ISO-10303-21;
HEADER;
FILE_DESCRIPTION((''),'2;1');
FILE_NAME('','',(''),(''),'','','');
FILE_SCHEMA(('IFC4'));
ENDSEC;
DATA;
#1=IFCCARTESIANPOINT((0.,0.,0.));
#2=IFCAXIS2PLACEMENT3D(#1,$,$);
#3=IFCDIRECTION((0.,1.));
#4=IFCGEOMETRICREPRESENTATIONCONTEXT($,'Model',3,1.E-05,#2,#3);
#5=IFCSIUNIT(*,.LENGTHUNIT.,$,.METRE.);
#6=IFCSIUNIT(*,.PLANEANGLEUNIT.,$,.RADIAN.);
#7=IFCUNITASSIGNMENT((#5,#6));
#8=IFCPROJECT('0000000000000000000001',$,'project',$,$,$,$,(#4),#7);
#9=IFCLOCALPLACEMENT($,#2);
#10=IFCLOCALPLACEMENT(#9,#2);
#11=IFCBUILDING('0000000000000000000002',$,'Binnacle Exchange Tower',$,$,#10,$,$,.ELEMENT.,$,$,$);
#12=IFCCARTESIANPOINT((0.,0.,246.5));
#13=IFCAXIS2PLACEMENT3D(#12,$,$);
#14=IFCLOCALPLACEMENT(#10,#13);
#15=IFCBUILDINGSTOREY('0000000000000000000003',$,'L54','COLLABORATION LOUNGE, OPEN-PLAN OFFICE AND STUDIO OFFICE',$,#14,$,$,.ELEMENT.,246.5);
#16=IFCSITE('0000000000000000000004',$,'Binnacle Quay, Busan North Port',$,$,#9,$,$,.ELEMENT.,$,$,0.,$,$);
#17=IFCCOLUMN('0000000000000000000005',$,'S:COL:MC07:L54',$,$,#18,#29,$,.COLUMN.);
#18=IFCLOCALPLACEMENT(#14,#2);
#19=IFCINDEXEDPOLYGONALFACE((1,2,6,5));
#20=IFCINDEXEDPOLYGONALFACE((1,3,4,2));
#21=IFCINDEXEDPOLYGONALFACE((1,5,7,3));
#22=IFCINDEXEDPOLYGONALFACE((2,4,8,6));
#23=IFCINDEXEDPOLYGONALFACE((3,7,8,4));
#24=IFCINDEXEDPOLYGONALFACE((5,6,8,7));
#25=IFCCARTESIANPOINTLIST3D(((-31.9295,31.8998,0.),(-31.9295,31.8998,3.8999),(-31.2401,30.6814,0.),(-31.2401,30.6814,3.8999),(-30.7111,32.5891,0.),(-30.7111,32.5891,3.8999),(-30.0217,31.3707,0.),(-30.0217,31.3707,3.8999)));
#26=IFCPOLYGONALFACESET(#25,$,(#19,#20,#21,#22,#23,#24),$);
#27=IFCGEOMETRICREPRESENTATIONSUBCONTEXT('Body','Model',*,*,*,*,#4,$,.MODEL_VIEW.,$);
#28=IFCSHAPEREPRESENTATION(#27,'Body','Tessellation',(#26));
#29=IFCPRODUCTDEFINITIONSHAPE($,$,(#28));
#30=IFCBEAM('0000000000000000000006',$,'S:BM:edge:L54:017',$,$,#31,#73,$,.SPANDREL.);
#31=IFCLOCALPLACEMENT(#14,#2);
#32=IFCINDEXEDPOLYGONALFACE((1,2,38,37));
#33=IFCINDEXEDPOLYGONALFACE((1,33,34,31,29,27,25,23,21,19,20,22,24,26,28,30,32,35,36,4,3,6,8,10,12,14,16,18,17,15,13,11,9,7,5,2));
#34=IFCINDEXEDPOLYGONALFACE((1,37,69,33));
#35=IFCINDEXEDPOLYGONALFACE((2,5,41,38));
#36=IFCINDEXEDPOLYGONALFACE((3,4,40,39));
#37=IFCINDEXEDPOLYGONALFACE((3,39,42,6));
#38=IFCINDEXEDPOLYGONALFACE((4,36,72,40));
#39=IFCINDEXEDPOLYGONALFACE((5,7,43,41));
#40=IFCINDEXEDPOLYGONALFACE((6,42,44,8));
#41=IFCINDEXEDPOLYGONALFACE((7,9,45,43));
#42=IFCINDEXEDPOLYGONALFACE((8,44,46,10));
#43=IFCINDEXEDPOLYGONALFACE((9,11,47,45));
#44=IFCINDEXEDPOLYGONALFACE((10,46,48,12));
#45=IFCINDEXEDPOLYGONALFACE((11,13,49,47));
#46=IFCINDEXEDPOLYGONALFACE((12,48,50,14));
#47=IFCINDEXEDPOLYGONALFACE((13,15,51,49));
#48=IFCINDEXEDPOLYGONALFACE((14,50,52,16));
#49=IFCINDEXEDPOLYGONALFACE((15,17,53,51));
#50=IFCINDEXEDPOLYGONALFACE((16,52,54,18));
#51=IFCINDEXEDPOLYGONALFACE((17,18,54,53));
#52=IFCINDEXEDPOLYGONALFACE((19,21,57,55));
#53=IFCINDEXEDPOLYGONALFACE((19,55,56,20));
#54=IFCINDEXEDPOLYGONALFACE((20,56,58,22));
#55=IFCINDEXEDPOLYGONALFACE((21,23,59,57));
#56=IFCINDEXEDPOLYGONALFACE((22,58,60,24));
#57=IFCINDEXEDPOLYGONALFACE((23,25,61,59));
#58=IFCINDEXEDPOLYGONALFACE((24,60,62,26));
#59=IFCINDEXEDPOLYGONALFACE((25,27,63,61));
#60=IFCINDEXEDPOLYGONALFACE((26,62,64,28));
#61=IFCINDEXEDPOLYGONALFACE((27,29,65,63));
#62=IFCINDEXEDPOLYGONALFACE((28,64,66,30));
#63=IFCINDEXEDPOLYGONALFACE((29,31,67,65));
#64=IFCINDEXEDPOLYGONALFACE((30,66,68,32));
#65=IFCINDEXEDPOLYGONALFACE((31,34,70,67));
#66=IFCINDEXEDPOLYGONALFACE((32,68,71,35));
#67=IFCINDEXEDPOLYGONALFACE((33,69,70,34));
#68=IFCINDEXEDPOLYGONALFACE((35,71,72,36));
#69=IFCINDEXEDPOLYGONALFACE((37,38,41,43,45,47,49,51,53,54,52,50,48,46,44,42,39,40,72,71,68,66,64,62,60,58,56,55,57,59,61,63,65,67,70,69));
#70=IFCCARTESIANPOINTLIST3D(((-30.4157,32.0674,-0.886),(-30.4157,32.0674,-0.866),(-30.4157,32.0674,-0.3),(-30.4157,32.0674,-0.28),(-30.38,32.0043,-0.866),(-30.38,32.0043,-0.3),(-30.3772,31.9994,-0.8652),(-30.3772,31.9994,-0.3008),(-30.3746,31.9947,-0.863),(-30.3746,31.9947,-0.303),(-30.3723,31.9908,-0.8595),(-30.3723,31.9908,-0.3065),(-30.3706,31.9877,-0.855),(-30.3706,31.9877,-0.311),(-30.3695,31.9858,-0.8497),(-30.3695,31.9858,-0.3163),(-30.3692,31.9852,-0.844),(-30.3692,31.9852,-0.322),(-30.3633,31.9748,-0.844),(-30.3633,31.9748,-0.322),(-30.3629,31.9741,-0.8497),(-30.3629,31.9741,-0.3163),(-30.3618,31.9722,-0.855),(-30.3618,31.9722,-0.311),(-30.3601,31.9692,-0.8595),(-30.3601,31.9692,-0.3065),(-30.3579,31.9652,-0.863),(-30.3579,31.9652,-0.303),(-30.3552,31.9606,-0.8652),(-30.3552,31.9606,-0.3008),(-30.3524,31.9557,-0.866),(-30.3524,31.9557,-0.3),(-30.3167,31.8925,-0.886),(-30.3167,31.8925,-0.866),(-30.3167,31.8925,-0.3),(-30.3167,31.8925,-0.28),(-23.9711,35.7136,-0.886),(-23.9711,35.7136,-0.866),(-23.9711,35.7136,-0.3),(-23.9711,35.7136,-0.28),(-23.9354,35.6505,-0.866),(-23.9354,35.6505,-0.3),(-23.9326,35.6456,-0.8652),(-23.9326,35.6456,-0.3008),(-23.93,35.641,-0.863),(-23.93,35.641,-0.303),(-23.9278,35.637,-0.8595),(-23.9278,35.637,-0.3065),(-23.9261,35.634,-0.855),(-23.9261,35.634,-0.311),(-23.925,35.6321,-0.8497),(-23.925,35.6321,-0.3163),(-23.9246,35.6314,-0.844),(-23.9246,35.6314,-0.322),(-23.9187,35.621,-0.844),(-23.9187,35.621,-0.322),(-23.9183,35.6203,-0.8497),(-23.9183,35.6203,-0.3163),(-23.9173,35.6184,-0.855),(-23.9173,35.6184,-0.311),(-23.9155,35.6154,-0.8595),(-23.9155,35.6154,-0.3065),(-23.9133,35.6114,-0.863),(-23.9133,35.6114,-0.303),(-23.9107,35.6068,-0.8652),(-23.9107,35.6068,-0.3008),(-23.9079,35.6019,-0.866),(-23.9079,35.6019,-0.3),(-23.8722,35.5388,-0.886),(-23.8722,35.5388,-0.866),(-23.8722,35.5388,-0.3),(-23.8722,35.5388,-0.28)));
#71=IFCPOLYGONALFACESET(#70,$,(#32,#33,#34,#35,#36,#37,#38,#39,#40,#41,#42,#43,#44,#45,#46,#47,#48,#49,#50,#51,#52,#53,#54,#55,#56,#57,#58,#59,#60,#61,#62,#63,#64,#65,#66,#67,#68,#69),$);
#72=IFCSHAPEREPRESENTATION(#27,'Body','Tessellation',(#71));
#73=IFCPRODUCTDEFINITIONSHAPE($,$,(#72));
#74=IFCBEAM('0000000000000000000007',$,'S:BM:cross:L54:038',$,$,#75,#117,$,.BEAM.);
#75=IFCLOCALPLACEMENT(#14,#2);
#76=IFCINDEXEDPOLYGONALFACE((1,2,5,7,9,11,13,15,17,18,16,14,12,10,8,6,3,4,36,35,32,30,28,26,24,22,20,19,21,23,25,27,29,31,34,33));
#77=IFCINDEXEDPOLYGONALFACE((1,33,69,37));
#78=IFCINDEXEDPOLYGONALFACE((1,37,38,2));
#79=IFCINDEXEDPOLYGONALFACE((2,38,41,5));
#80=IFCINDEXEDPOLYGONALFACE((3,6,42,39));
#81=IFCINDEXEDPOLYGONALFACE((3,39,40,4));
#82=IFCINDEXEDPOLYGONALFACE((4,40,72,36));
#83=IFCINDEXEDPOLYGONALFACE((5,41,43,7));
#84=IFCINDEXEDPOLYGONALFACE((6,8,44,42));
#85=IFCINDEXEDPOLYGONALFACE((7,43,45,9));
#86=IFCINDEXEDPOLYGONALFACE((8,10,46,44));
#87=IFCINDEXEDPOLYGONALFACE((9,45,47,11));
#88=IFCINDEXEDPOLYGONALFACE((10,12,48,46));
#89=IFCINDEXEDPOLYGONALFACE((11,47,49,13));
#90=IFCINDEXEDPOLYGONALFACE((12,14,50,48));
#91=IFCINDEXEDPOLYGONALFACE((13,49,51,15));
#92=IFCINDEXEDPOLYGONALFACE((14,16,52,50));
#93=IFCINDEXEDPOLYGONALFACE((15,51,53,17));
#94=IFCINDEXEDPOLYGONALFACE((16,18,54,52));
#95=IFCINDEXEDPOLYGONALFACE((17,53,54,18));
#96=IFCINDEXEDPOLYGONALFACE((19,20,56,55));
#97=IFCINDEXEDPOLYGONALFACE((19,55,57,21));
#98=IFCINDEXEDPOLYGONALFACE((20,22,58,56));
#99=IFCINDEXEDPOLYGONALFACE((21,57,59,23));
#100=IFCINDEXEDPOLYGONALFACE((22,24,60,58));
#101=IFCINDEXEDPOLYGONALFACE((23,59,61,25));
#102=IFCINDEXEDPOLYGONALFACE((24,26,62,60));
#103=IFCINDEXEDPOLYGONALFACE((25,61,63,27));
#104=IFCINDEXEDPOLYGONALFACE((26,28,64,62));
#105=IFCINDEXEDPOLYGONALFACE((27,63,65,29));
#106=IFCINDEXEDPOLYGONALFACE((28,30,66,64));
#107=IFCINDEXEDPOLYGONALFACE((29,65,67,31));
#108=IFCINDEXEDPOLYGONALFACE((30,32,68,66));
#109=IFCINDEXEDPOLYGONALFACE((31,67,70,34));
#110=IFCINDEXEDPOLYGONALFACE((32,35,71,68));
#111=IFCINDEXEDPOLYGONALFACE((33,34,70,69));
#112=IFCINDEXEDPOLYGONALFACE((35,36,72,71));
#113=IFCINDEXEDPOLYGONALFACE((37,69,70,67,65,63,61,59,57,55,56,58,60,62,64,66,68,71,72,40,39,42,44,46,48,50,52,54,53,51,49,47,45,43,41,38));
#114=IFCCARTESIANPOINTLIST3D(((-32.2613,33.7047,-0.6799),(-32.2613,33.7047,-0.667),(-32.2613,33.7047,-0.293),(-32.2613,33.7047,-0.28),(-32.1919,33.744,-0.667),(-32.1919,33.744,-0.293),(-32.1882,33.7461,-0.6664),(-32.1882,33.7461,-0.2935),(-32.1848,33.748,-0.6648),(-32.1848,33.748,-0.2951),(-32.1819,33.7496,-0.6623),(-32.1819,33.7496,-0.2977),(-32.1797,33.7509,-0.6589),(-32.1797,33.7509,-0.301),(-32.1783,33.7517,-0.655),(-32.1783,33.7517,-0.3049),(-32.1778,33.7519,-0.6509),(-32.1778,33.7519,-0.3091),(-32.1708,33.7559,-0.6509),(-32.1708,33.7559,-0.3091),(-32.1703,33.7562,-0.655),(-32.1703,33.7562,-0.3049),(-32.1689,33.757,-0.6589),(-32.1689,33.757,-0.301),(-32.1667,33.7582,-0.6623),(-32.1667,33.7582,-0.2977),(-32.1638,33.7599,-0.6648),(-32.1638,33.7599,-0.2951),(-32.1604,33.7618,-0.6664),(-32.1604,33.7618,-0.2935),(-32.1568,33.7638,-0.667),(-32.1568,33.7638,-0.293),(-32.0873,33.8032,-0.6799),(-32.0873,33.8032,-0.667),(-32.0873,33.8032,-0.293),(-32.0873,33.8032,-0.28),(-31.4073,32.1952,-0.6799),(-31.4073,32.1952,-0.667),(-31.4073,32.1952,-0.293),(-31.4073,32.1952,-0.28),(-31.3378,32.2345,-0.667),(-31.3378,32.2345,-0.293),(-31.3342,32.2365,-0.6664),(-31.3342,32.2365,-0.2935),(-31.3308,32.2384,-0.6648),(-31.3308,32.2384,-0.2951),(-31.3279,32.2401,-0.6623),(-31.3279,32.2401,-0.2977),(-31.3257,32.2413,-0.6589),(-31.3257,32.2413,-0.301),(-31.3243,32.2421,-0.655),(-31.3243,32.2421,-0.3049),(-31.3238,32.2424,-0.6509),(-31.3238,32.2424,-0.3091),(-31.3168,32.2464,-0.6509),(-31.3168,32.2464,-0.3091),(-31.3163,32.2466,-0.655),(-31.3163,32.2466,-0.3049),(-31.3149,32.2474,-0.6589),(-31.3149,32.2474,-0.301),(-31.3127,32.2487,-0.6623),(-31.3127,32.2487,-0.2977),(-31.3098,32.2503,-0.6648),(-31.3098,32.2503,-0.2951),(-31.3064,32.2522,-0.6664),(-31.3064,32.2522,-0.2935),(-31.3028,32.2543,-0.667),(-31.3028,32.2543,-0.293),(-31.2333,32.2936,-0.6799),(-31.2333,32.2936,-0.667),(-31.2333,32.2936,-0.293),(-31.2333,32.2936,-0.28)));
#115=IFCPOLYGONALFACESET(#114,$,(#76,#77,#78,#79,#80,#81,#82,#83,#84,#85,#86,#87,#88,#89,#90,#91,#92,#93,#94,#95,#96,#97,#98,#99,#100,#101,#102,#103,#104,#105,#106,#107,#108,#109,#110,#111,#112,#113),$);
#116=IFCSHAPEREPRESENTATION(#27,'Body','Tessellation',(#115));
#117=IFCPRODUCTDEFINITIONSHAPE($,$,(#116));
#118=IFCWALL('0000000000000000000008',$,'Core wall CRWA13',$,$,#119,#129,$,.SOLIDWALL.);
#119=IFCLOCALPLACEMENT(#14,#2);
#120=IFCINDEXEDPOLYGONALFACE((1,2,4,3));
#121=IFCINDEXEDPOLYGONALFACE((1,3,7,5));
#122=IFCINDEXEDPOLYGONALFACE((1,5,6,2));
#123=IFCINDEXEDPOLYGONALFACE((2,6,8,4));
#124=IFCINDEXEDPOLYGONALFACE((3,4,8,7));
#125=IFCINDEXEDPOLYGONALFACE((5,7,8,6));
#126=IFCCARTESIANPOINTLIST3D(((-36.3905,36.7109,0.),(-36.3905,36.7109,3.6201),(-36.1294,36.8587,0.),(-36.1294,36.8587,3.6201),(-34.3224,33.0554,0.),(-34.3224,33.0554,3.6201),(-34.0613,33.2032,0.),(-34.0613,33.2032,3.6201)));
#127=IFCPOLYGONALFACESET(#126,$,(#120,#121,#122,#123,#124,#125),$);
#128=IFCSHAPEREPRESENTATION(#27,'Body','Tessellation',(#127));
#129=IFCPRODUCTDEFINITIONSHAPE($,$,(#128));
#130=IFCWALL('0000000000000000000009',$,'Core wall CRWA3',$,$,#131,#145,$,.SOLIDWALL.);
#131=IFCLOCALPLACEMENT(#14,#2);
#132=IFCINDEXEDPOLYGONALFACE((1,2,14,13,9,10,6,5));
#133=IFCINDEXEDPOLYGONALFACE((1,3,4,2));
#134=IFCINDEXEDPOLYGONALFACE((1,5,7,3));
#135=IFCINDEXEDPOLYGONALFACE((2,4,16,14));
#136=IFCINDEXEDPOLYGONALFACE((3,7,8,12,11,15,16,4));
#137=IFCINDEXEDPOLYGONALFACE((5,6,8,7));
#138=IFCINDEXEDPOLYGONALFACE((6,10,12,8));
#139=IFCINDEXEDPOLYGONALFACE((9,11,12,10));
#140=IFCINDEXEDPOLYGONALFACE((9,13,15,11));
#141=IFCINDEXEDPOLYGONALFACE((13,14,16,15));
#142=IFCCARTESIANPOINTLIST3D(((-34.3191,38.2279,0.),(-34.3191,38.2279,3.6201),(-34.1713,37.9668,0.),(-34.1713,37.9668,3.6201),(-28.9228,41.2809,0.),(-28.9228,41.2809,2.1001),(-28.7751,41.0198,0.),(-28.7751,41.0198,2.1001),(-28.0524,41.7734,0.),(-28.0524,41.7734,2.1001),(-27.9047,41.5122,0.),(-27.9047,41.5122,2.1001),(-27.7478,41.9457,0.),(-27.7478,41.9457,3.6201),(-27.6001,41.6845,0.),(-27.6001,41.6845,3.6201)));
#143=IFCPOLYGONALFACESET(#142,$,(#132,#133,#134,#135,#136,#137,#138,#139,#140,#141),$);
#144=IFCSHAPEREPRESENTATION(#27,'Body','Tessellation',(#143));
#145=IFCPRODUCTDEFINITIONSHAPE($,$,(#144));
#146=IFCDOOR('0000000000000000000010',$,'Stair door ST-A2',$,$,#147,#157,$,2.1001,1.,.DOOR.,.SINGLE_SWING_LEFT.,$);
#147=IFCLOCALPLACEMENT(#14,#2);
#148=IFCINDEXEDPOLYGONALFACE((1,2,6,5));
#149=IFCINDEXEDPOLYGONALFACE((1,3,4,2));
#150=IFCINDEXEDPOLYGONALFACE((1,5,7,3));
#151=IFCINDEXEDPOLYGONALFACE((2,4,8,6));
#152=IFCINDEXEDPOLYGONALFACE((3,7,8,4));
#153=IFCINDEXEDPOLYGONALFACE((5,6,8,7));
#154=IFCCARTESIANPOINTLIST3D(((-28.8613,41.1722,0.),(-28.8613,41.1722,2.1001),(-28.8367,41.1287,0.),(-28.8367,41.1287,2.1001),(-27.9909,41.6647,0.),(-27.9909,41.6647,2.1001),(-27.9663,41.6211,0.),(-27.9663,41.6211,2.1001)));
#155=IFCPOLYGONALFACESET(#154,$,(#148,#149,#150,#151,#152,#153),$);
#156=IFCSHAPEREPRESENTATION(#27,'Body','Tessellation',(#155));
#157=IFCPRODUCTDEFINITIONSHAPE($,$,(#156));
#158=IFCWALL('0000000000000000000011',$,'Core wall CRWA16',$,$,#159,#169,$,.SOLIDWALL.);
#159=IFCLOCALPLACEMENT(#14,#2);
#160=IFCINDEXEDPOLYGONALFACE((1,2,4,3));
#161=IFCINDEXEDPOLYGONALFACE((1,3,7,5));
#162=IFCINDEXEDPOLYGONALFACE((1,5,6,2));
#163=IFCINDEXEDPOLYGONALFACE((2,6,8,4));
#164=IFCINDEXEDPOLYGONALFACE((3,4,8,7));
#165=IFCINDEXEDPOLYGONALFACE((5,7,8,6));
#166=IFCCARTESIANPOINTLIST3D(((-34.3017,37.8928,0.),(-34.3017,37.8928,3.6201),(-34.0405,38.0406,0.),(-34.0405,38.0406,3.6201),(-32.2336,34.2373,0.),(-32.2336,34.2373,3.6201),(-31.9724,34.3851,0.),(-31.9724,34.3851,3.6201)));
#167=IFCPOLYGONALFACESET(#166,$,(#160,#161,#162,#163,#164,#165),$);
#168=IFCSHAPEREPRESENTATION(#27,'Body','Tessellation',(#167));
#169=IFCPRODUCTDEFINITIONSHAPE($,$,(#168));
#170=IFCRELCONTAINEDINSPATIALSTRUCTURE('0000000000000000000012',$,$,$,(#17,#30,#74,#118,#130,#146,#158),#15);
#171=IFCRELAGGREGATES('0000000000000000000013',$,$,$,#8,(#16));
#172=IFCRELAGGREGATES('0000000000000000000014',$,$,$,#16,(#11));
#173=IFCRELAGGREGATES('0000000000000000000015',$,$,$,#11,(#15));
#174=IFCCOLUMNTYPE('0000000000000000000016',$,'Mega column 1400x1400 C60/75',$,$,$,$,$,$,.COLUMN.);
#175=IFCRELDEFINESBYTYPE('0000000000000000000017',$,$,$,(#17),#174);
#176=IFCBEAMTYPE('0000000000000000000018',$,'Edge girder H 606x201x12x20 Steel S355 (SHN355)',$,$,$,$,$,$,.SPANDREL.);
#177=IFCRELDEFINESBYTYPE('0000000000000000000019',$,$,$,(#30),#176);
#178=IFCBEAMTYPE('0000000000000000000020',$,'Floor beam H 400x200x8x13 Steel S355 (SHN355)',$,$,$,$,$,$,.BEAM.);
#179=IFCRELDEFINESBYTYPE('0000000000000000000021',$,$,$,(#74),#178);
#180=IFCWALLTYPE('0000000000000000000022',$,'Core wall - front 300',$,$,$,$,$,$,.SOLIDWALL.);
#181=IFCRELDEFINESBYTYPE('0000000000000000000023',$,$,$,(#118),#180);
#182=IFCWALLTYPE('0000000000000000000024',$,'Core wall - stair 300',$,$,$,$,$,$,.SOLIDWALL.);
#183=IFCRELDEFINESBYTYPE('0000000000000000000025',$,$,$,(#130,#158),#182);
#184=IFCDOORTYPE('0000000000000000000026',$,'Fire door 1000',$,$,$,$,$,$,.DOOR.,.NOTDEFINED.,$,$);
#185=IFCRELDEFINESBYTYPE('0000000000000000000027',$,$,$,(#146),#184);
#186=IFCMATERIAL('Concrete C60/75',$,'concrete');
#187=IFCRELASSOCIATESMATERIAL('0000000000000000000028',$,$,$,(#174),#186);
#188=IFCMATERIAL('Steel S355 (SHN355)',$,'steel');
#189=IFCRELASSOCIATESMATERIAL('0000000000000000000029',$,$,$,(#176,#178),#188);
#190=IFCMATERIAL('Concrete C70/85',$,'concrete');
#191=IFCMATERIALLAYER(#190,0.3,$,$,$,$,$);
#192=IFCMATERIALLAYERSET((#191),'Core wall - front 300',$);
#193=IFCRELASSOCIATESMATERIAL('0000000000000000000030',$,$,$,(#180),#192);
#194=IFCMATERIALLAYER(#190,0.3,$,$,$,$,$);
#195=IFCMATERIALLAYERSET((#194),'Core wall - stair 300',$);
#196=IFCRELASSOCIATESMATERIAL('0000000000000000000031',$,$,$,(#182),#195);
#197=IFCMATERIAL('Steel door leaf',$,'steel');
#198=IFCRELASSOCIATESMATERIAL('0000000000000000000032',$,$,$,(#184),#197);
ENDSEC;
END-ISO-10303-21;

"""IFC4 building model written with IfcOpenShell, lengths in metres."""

from ifc_helpers import new_model, si_unit, direction, frame, frame_2d, origin, origin_2d, place, context, subcontext, project, spatial, rectangle, i_section, extrude, material, layer, layer_set, material_profile, profile_set, type_object, element, fill, save


model = new_model("IFC4")

# Units and contexts
model_context = context("Model", 3, precision=1e-05, world=origin(), true_north=direction((0.0, 1.0)))
body_context = subcontext(model_context, "Body", "Model", "MODEL_VIEW")
ifc_project = project(units=[si_unit("LENGTHUNIT", "METRE"), si_unit("PLANEANGLEUNIT", "RADIAN")], contexts=[model_context])

# Site, building, storey
site_placement = place(None, origin())
site = spatial("IfcSite", under=ifc_project, at=site_placement, Name="Binnacle Quay, Busan North Port", CompositionType="ELEMENT", RefElevation=0.0)
building_placement = place(site_placement, origin())
building = spatial("IfcBuilding", under=site, at=building_placement, Name="Binnacle Exchange Tower", CompositionType="ELEMENT")
storey_placement = place(building_placement, frame((0.0, 0.0, 246.5)))
storey = spatial("IfcBuildingStorey", under=building, at=storey_placement, Name="L54", Description="COLLABORATION LOUNGE, OPEN-PLAN OFFICE AND STUDIO OFFICE", CompositionType="ELEMENT", Elevation=246.5)

# Column
ifc_material_1 = material(Name="Concrete C60/75", Category="concrete")
ifc_material_profile_1 = material_profile(ifc_material_1, rectangle(XDim=1.3999, YDim=1.3999, at=origin_2d()), Name="Mega column 1400x1400 C60/75")
ifc_profile_set_1 = profile_set([ifc_material_profile_1], Name="Concrete C60/75")
column_type = type_object("IfcColumnType", Name="Mega column 1400x1400 C60/75", PredefinedType="COLUMN", material=ifc_profile_set_1)
column_placement = place(storey_placement, frame((-30.9756, 31.6353, 0.0), z_axis=(0.0, 0.0, 1.0), x_axis=(0.870356, 0.492424, 0.0)))
element("IfcColumn", 1, at=column_placement, inside=storey, type_object=column_type, Name="S:COL:MC07:L54", PredefinedType="COLUMN", context=body_context, shape_type="SweptSolid", body=[
    extrude(rectangle(XDim=1.3999, YDim=1.3999, at=origin_2d()), origin(), (0.0, 0.0, 1.0), 3.8999),
])

# Beams
ifc_material_2 = material(Name="Steel S355 (SHN355)", Category="steel")
ifc_material_profile_2 = material_profile(ifc_material_2, i_section(OverallWidth=0.2009, OverallDepth=0.606, WebThickness=0.012, FlangeThickness=0.02, FilletRadius=0.022, at=origin_2d()), Name="H 606x201x12x20")
ifc_profile_set_2 = profile_set([ifc_material_profile_2], Name="Steel S355 (SHN355)")
beam_type_1 = type_object("IfcBeamType", Name="Edge girder H 606x201x12x20 Steel S355 (SHN355)", PredefinedType="SPANDREL", material=ifc_profile_set_2)
beam_1_placement = place(storey_placement, frame((-30.3662, 31.98, -0.583), z_axis=(0.870352, 0.492431, 0.0), x_axis=(-0.492431, 0.870352, 0.0)))
element("IfcBeam", 2, at=beam_1_placement, inside=storey, type_object=beam_type_1, Name="S:BM:edge:L54:017", PredefinedType="SPANDREL", context=body_context, shape_type="SweptSolid", body=[
    extrude(i_section(OverallWidth=0.2009, OverallDepth=0.606, WebThickness=0.012, FlangeThickness=0.02, FilletRadius=0.022, at=origin_2d()), origin(), (0.0, 0.0, 1.0), 7.4045),
])
ifc_material_profile_3 = material_profile(ifc_material_2, i_section(OverallWidth=0.2, OverallDepth=0.3999, WebThickness=0.0081, FlangeThickness=0.0129, FilletRadius=0.0161, at=origin_2d()), Name="H 400x200x8x13")
ifc_profile_set_3 = profile_set([ifc_material_profile_3], Name="Steel S355 (SHN355)")
beam_type_2 = type_object("IfcBeamType", Name="Floor beam H 400x200x8x13 Steel S355 (SHN355)", PredefinedType="BEAM", material=ifc_profile_set_3)
beam_2_placement = place(storey_placement, frame((-31.3203, 32.2444, -0.48), z_axis=(-0.492405, 0.870366, 0.0), x_axis=(-0.870366, -0.492405, 0.0)))
element("IfcBeam", 3, at=beam_2_placement, inside=storey, type_object=beam_type_2, Name="S:BM:cross:L54:038", PredefinedType="BEAM", context=body_context, shape_type="SweptSolid", body=[
    extrude(i_section(OverallWidth=0.2, OverallDepth=0.3999, WebThickness=0.0081, FlangeThickness=0.0129, FilletRadius=0.0161, at=origin_2d()), origin(), (0.0, 0.0, 1.0), 1.7344),
])

# Wall
ifc_material_3 = material(Name="Concrete C70/85", Category="concrete")
ifc_layer_1 = layer(ifc_material_3, 0.3)
ifc_layer_set_1 = layer_set([ifc_layer_1], Name="Core wall - front 300")
wall_type_1 = type_object("IfcWallType", Name="Core wall - front 300", PredefinedType="SOLIDWALL", material=ifc_layer_set_1)
wall_1_placement = place(storey_placement, frame((-36.26, 36.7849, 0.0), z_axis=(0.0, 0.0, 1.0), x_axis=(0.49241, -0.870364, 0.0)))
element("IfcWall", 4, at=wall_1_placement, inside=storey, type_object=wall_type_1, Name="Core wall CRWA13", PredefinedType="SOLIDWALL", context=body_context, shape_type="SweptSolid", body=[
    extrude(rectangle(XDim=4.2, YDim=0.3, at=frame_2d((2.1001, 0.0))), origin(), (0.0, 0.0, 1.0), 3.6201),
])

# Wall, opening, door
ifc_layer_2 = layer(ifc_material_3, 0.3)
ifc_layer_set_2 = layer_set([ifc_layer_2], Name="Core wall - stair 300")
wall_type_2 = type_object("IfcWallType", Name="Core wall - stair 300", PredefinedType="SOLIDWALL", material=ifc_layer_set_2)
wall_2_placement = place(storey_placement, frame((-34.2451, 38.0974, 0.0), z_axis=(0.0, 0.0, 1.0), x_axis=(0.87036, 0.492415, 0.0)))
wall_2 = element("IfcWall", 5, at=wall_2_placement, inside=storey, type_object=wall_type_2, Name="Core wall CRWA3", PredefinedType="SOLIDWALL", context=body_context, shape_type="SweptSolid", body=[
    extrude(rectangle(XDim=7.55, YDim=0.3, at=frame_2d((3.7749, 0.0))), origin(), (0.0, 0.0, 1.0), 3.6201),
])
opening_placement = place(wall_2_placement, frame((6.2, 0.0, 0.0)))
opening = element("IfcOpeningElement", 6, at=opening_placement, cuts=wall_2, PredefinedType="OPENING", context=body_context, shape_type="SweptSolid", body=[
    extrude(rectangle(XDim=1.0, YDim=2.1001, at=frame_2d((0.5, 1.05))), frame((0.0, 0.1599, 0.0), z_axis=(0.0, -1.0, 0.0), x_axis=(1.0, 0.0, 0.0)), (0.0, 0.0, 1.0), 0.3201),
])
ifc_material_4 = material(Name="Steel door leaf", Category="steel")
door_type = type_object("IfcDoorType", Name="Fire door 1000", OperationType="NOTDEFINED", PredefinedType="DOOR", material=ifc_material_4)
door_placement = place(opening_placement, frame((1.0, 0.0, 0.0), z_axis=(0.0, 0.0, 1.0), x_axis=(-1.0, 0.0, 0.0)))
door = element("IfcDoor", 7, at=door_placement, inside=storey, type_object=door_type, Name="Stair door ST-A2", OperationType="SINGLE_SWING_LEFT", OverallHeight=2.1001, OverallWidth=1.0, PredefinedType="DOOR", context=body_context, shape_type="SweptSolid", body=[
    extrude(rectangle(XDim=1.0, YDim=2.1001, at=frame_2d((0.5, 1.05))), frame((0.0, 0.0249, 0.0), z_axis=(0.0, -1.0, 0.0), x_axis=(1.0, 0.0, 0.0)), (0.0, 0.0, 1.0), 0.05),
])
fill(opening, door)

# Wall
wall_3_placement = place(storey_placement, frame((-34.1711, 37.9668, 0.0), z_axis=(0.0, 0.0, 1.0), x_axis=(0.49241, -0.870364, 0.0)))
element("IfcWall", 8, at=wall_3_placement, inside=storey, type_object=wall_type_2, Name="Core wall CRWA16", PredefinedType="SOLIDWALL", context=body_context, shape_type="SweptSolid", body=[
    extrude(rectangle(XDim=4.2, YDim=0.3, at=frame_2d((2.1001, 0.0))), origin(), (0.0, 0.0, 1.0), 3.6201),
])

save(model, "model.ifc")
